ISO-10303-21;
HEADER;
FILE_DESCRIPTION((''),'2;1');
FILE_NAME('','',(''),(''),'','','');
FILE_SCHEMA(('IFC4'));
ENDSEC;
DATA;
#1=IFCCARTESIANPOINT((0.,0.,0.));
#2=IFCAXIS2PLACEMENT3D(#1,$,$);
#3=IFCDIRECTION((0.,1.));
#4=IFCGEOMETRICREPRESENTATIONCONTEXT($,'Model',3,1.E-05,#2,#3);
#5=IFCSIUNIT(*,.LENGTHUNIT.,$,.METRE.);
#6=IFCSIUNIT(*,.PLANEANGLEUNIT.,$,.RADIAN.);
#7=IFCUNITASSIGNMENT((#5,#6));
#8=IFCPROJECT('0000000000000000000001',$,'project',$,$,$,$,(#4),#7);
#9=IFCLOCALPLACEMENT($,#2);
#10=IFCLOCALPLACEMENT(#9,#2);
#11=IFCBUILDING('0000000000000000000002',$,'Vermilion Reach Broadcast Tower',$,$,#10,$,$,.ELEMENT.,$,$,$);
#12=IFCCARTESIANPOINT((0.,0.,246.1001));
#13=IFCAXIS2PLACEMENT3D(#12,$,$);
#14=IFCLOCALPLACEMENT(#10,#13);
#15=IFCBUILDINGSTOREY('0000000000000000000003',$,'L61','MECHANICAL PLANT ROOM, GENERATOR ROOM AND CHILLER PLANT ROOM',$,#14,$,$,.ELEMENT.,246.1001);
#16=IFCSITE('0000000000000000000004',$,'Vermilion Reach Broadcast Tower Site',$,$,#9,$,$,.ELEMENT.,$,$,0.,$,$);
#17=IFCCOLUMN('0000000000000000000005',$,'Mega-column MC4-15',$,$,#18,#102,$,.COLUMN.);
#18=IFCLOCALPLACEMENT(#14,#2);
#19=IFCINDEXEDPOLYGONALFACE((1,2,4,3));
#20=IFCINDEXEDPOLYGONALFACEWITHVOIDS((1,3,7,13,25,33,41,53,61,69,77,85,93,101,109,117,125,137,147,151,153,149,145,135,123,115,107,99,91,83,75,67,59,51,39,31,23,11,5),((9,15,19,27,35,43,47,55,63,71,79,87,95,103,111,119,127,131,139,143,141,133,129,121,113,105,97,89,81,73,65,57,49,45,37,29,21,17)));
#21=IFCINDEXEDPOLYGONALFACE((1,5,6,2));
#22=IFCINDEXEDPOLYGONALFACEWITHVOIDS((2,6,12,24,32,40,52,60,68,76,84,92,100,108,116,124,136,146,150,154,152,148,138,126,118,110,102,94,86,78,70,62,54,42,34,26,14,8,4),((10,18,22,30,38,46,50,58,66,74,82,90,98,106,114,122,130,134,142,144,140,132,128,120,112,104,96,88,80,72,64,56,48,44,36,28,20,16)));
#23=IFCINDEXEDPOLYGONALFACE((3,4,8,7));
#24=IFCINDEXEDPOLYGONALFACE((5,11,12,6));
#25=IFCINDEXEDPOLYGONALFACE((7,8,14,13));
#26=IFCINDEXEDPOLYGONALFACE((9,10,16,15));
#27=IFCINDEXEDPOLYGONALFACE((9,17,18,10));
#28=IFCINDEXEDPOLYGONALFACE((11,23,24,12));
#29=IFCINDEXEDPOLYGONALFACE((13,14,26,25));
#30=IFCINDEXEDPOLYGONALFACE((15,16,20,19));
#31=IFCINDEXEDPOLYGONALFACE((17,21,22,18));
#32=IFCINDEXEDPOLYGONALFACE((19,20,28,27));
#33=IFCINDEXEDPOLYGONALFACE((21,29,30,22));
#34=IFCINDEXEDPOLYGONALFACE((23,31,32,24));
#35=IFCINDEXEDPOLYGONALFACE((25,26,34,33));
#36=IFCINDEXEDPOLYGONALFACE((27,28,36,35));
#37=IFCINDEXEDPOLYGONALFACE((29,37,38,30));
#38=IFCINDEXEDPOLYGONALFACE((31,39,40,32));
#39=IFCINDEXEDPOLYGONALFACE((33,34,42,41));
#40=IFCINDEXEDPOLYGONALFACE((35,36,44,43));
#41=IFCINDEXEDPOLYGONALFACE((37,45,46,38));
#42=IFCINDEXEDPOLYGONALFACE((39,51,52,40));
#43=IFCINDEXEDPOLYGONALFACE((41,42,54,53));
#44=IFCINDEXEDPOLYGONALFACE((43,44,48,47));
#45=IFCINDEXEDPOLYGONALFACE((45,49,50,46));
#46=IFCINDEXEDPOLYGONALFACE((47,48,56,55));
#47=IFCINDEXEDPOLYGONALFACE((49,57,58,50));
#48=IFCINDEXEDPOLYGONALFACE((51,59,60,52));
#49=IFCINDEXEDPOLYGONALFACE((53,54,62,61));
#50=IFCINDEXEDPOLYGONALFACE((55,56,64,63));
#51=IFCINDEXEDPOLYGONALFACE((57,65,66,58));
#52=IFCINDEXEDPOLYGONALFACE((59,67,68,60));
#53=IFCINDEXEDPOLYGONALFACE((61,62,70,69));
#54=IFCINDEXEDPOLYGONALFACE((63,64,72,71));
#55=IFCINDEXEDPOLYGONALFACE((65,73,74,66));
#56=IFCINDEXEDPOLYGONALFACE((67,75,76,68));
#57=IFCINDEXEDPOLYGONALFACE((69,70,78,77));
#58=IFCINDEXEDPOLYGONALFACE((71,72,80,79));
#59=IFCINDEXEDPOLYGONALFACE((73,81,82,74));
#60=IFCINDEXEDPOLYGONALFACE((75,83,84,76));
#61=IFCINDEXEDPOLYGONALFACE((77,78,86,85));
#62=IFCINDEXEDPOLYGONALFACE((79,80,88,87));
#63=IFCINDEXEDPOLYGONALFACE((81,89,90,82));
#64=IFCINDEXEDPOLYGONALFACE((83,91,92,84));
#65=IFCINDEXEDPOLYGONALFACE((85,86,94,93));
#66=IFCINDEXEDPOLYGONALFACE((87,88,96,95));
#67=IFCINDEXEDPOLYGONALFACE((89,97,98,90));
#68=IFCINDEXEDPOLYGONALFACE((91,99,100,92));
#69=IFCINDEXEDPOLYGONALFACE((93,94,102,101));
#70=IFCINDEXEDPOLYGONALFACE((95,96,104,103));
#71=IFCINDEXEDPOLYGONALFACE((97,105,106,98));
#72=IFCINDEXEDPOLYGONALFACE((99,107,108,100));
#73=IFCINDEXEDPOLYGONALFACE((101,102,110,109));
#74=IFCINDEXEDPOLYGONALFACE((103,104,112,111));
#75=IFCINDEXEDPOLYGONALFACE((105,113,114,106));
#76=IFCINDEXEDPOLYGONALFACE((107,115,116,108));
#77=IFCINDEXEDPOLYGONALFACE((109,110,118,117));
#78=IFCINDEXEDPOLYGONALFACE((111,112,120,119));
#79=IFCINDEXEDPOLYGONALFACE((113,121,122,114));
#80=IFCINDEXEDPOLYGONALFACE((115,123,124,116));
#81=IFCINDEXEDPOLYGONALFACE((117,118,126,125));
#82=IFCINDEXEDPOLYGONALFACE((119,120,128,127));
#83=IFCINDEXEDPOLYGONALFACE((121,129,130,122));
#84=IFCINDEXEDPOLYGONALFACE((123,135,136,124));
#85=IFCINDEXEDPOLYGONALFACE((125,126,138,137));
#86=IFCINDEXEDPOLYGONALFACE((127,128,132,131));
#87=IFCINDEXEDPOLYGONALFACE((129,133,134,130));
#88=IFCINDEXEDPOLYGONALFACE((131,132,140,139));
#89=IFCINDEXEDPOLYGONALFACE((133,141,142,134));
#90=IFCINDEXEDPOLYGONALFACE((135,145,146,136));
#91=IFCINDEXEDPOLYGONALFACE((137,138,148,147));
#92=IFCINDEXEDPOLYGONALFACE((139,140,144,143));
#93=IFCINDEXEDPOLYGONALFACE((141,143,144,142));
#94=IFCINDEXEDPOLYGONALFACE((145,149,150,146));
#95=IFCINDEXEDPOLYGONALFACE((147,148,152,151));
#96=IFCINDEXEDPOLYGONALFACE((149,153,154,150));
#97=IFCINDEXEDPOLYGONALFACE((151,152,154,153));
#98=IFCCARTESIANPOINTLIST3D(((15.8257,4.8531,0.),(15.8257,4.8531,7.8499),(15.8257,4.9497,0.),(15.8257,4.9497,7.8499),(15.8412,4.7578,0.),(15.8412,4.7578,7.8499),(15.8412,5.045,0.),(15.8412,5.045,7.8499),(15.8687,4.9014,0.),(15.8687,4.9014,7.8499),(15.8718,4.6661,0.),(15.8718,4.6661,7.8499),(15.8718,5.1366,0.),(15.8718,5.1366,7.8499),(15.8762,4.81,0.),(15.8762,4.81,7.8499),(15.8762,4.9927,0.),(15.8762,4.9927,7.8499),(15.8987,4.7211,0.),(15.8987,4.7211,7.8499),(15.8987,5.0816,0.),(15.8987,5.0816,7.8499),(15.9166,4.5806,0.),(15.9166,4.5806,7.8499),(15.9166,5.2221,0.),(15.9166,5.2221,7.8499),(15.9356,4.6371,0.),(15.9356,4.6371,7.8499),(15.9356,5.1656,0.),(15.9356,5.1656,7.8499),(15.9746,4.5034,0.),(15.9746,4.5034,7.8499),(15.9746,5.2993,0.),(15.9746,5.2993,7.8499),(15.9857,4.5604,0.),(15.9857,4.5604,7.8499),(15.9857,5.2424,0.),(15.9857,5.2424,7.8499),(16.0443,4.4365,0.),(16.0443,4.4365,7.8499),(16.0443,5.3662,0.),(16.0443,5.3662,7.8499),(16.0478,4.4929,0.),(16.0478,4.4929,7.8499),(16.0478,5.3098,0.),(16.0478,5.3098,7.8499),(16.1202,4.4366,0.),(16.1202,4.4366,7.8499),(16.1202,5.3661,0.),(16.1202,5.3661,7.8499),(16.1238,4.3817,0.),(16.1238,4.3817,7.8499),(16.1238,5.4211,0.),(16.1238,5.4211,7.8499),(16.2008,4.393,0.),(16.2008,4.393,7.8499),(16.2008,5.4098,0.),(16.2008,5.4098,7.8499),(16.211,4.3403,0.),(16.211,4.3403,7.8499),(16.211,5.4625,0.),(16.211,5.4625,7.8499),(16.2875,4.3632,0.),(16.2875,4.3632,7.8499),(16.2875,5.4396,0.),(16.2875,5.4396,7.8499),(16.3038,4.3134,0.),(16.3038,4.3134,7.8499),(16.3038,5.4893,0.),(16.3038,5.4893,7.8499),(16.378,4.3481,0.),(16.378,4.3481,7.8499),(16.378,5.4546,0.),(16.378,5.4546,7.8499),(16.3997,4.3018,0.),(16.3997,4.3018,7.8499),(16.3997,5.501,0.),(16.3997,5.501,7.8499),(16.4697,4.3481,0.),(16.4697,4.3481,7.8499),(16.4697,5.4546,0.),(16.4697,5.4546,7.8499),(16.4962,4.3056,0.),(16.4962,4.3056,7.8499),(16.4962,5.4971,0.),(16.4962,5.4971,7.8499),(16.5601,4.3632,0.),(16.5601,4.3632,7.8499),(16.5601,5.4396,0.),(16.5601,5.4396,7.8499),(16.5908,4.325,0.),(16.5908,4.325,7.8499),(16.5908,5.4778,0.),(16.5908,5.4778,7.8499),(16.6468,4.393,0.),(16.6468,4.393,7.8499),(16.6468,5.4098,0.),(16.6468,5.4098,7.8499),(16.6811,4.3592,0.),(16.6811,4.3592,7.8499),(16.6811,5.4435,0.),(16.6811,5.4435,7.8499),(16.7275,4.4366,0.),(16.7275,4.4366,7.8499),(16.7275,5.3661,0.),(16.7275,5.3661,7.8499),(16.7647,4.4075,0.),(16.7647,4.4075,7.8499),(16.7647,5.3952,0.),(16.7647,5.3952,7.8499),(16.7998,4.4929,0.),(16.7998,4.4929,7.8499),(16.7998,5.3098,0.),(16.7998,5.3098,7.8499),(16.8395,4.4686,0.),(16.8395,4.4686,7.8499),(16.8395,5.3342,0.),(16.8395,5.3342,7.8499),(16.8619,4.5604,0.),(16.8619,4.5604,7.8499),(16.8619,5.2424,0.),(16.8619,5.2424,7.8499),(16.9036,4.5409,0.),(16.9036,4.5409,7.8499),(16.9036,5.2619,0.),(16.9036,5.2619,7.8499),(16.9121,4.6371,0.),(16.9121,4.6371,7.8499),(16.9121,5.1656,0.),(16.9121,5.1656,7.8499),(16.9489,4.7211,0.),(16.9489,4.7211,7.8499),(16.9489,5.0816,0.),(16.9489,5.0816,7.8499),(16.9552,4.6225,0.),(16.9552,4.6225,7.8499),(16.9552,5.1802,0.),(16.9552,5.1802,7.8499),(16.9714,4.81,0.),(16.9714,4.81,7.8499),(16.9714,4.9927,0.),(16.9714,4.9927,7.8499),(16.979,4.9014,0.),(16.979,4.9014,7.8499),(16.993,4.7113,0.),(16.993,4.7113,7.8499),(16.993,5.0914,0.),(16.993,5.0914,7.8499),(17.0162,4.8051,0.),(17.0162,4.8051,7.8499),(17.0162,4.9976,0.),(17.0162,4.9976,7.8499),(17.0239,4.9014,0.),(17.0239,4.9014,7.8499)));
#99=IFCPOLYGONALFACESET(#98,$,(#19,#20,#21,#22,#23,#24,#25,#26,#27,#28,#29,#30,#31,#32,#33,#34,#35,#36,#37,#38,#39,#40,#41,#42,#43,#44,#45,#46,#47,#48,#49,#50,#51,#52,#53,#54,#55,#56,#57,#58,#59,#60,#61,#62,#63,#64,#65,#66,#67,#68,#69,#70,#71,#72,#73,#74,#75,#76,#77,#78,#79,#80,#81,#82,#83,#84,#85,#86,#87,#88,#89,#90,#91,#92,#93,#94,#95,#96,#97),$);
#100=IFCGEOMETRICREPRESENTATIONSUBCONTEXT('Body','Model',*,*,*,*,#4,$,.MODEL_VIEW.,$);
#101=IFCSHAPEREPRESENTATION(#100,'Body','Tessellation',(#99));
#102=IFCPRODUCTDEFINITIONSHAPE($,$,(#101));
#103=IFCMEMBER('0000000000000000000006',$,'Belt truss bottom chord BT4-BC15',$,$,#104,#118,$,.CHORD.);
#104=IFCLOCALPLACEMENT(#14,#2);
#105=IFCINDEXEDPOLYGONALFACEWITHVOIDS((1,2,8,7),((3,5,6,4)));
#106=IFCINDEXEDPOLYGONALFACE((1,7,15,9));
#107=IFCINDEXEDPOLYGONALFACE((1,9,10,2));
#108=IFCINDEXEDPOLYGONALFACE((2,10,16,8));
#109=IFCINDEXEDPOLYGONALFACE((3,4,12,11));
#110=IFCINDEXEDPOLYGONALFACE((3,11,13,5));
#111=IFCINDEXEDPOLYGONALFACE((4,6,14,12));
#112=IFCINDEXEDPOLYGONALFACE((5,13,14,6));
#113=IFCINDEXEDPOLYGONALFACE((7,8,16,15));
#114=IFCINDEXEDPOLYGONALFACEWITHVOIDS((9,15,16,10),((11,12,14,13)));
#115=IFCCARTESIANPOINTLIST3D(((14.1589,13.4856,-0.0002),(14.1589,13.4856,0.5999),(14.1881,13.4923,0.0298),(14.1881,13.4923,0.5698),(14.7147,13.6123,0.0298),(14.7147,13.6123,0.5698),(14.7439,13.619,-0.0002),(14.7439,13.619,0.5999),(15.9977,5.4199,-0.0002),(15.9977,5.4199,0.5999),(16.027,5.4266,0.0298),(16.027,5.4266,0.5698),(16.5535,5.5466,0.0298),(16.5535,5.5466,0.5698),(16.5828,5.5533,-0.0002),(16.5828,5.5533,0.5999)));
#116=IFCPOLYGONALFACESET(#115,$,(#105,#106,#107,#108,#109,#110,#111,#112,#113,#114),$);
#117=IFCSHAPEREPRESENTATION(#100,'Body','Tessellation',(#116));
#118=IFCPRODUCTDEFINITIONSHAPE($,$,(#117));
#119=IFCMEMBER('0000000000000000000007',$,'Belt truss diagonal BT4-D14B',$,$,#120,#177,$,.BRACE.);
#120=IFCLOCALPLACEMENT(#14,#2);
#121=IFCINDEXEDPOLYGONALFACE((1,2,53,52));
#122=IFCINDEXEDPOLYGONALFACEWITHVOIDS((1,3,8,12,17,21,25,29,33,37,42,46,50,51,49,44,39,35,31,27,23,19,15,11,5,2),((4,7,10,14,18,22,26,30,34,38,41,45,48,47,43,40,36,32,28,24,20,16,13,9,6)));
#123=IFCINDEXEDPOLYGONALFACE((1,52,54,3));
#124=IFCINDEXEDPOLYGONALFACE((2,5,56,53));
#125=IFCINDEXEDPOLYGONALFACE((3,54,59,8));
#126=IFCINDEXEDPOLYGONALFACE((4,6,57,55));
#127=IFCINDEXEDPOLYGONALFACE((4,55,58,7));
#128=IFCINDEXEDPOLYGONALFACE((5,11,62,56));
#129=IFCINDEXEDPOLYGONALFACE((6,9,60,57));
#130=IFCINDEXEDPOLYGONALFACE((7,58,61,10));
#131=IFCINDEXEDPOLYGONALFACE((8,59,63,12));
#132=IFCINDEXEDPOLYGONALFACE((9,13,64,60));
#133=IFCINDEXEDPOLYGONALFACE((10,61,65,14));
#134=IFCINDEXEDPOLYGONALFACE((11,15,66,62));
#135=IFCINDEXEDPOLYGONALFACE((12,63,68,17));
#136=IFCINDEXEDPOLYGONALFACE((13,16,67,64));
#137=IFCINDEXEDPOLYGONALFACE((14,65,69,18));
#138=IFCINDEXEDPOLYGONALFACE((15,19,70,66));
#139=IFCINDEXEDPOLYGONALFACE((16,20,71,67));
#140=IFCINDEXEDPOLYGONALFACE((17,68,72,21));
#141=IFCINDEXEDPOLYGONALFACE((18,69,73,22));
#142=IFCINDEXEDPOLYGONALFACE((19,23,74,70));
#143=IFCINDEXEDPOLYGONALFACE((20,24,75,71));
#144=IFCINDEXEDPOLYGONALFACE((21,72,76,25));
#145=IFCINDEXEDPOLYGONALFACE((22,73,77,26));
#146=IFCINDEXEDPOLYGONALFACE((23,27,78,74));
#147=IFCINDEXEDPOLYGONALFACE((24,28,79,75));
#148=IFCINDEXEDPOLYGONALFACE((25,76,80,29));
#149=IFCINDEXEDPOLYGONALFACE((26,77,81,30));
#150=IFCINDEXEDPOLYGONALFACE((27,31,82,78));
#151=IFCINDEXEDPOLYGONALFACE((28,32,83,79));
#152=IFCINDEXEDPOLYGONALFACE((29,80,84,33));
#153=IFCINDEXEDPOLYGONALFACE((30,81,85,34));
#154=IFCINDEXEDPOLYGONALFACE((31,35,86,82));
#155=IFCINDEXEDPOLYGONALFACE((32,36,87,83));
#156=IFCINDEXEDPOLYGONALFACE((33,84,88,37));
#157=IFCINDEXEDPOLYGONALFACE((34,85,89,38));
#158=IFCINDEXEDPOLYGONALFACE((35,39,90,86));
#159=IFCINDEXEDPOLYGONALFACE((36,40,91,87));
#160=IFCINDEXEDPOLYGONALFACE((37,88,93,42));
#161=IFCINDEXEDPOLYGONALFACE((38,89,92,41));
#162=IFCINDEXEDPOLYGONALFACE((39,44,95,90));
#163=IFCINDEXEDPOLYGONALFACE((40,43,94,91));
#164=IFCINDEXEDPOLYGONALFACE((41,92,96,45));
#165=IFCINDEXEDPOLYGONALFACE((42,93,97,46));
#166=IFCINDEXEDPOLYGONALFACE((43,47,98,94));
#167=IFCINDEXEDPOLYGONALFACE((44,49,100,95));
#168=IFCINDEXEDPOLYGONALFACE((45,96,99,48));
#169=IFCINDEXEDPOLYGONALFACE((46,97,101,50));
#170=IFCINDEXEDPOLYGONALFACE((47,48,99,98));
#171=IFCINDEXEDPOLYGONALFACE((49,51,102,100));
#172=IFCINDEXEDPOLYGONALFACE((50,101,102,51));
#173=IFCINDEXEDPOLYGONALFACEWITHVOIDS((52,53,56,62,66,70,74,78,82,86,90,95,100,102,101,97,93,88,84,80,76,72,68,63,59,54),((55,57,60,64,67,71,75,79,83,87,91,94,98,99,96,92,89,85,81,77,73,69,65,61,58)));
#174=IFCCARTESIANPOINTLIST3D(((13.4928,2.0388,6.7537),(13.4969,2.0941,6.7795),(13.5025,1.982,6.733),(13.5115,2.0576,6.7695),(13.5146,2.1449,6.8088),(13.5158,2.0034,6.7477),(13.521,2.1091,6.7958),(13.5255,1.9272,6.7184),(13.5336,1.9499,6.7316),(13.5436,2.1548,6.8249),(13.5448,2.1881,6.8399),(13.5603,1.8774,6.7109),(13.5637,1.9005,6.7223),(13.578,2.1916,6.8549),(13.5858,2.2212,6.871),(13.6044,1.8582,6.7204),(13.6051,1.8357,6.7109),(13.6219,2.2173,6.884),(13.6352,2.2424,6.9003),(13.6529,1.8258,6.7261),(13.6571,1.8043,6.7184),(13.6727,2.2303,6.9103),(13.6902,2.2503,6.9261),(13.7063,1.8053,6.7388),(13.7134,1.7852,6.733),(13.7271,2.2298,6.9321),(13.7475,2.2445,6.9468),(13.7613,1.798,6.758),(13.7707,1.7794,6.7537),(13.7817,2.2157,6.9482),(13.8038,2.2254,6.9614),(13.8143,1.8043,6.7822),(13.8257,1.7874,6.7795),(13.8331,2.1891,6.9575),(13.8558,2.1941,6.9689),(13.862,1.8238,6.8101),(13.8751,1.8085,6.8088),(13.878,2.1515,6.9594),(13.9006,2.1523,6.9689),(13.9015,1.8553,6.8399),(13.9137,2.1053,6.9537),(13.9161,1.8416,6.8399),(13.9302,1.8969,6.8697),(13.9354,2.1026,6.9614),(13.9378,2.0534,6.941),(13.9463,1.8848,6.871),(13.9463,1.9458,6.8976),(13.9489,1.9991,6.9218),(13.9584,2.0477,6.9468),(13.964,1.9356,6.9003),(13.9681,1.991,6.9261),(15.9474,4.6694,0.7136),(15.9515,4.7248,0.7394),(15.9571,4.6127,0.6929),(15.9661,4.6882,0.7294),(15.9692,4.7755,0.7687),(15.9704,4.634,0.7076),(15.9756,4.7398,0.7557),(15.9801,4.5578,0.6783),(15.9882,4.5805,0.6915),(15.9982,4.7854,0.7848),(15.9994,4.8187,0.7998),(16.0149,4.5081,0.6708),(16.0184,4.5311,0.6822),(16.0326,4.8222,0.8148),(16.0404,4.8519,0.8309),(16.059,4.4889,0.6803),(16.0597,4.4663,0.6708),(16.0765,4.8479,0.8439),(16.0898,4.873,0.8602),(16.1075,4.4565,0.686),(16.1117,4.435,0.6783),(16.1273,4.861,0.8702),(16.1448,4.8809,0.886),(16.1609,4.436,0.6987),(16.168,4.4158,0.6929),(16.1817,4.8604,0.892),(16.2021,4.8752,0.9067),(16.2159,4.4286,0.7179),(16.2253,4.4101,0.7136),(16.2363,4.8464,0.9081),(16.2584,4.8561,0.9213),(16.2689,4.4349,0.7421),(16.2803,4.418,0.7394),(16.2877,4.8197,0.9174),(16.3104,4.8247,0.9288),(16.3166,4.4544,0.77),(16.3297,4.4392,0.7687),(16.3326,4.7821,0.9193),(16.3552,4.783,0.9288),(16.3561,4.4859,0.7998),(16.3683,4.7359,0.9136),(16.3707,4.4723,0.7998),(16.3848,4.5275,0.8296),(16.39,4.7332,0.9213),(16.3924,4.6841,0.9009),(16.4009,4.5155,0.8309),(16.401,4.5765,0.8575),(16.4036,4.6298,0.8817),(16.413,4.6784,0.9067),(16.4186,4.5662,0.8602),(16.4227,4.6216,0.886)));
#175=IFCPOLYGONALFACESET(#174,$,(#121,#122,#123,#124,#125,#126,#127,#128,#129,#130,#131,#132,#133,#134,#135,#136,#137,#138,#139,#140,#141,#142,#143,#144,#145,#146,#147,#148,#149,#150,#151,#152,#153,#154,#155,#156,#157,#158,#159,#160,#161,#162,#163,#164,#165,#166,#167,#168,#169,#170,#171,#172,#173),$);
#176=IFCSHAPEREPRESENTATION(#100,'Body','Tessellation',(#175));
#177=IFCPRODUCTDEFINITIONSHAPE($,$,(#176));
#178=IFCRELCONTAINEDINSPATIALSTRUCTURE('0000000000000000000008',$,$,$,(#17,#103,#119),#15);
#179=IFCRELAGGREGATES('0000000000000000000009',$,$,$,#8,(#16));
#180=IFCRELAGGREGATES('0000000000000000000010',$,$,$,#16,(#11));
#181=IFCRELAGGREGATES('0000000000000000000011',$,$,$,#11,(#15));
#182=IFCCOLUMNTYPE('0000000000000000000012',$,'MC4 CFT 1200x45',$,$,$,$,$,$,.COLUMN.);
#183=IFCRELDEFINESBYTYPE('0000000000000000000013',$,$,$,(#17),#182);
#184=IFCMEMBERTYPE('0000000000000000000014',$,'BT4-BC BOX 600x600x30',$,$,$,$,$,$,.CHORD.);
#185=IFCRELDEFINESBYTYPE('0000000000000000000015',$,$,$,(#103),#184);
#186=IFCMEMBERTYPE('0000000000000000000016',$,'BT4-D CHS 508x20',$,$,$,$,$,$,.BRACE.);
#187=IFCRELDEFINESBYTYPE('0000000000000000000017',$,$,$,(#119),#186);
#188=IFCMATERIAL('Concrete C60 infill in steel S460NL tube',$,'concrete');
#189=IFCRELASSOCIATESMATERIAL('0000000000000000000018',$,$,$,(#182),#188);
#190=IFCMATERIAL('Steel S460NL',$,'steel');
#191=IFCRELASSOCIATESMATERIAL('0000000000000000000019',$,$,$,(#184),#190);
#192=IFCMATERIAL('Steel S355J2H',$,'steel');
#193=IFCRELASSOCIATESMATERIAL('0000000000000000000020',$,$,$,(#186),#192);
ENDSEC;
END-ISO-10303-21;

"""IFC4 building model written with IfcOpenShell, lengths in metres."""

from ifc_helpers import new_model, si_unit, direction, frame, origin, origin_2d, place, context, subcontext, project, spatial, hollow_rectangle, hollow_circle, extrude, material, material_profile, profile_set, type_object, element, save


model = new_model("IFC4")

# Units and contexts
model_context = context("Model", 3, precision=1e-05, world=origin(), true_north=direction((0.0, 1.0)))
body_context = subcontext(model_context, "Body", "Model", "MODEL_VIEW")
ifc_project = project(units=[si_unit("LENGTHUNIT", "METRE"), si_unit("PLANEANGLEUNIT", "RADIAN")], contexts=[model_context])

# Site, building, storey
site_placement = place(None, origin())
site = spatial("IfcSite", under=ifc_project, at=site_placement, Name="Vermilion Reach Broadcast Tower Site", CompositionType="ELEMENT", RefElevation=0.0)
building_placement = place(site_placement, origin())
building = spatial("IfcBuilding", under=site, at=building_placement, Name="Vermilion Reach Broadcast Tower", CompositionType="ELEMENT")
storey_placement = place(building_placement, frame((0.0, 0.0, 246.1001)))
storey = spatial("IfcBuildingStorey", under=building, at=storey_placement, Name="L61", Description="MECHANICAL PLANT ROOM, GENERATOR ROOM AND CHILLER PLANT ROOM", CompositionType="ELEMENT", Elevation=246.1001)

# Column
ifc_material_1 = material(Name="Concrete C60 infill in steel S460NL tube", Category="concrete")
ifc_material_profile_1 = material_profile(ifc_material_1, hollow_circle(Radius=0.6001, WallThickness=0.0449, at=origin_2d()), Name="Concrete C60 infill in steel S460NL tube CFT 1200x45")
ifc_profile_set_1 = profile_set([ifc_material_profile_1], Name="Concrete C60 infill in steel S460NL tube")
column_type = type_object("IfcColumnType", Name="MC4 CFT 1200x45", PredefinedType="COLUMN", material=ifc_profile_set_1)
column_placement = place(storey_placement, frame((16.4238, 4.9014, 0.0), z_axis=(0.0, 0.0, 1.0), x_axis=(1.0, 0.0, 0.0)))
element("IfcColumn", 1, at=column_placement, inside=storey, type_object=column_type, Name="Mega-column MC4-15", PredefinedType="COLUMN", context=body_context, shape_type="SweptSolid", body=[
    extrude(hollow_circle(Radius=0.6001, WallThickness=0.0449, at=origin_2d()), origin(), (0.0, 0.0, 1.0), 7.8499),
])

# Members
ifc_material_2 = material(Name="Steel S460NL", Category="steel")
ifc_material_profile_2 = material_profile(ifc_material_2, hollow_rectangle(XDim=0.6001, YDim=0.6001, WallThickness=0.03, at=origin_2d()), Name="S460NL BOX 600x600x30")
ifc_profile_set_2 = profile_set([ifc_material_profile_2], Name="Steel S460NL")
member_type_1 = type_object("IfcMemberType", Name="BT4-BC BOX 600x600x30", PredefinedType="CHORD", material=ifc_profile_set_2)
member_1_placement = place(storey_placement, frame((16.2903, 5.4866, 0.2998), z_axis=(-0.222283, 0.974982, 0.0), x_axis=(-0.974982, -0.222283, 0.0)))
element("IfcMember", 2, at=member_1_placement, inside=storey, type_object=member_type_1, Name="Belt truss bottom chord BT4-BC15", PredefinedType="CHORD", context=body_context, shape_type="SweptSolid", body=[
    extrude(hollow_rectangle(XDim=0.6001, YDim=0.6001, WallThickness=0.03, at=origin_2d()), origin(), (0.0, 0.0, 1.0), 8.2727),
])
ifc_material_3 = material(Name="Steel S355J2H", Category="steel")
ifc_material_profile_3 = material_profile(ifc_material_3, hollow_circle(Radius=0.2539, WallThickness=0.02, at=origin_2d()), Name="S355J2H CHS 508x20")
ifc_profile_set_3 = profile_set([ifc_material_profile_3], Name="Steel S355J2H")
member_type_2 = type_object("IfcMemberType", Name="BT4-D CHS 508x20", PredefinedType="BRACE", material=ifc_profile_set_3)
member_2_placement = place(storey_placement, frame((16.1851, 4.6455, 0.7998), z_axis=(-0.349137, -0.374175, 0.859126), x_axis=(0.731146, -0.682222, 0.0)))
element("IfcMember", 3, at=member_2_placement, inside=storey, type_object=member_type_2, Name="Belt truss diagonal BT4-D14B", PredefinedType="BRACE", context=body_context, shape_type="SweptSolid", body=[
    extrude(hollow_circle(Radius=0.2539, WallThickness=0.02, at=origin_2d()), origin(), (0.0, 0.0, 1.0), 7.0305),
])

save(model, "model.ifc")
